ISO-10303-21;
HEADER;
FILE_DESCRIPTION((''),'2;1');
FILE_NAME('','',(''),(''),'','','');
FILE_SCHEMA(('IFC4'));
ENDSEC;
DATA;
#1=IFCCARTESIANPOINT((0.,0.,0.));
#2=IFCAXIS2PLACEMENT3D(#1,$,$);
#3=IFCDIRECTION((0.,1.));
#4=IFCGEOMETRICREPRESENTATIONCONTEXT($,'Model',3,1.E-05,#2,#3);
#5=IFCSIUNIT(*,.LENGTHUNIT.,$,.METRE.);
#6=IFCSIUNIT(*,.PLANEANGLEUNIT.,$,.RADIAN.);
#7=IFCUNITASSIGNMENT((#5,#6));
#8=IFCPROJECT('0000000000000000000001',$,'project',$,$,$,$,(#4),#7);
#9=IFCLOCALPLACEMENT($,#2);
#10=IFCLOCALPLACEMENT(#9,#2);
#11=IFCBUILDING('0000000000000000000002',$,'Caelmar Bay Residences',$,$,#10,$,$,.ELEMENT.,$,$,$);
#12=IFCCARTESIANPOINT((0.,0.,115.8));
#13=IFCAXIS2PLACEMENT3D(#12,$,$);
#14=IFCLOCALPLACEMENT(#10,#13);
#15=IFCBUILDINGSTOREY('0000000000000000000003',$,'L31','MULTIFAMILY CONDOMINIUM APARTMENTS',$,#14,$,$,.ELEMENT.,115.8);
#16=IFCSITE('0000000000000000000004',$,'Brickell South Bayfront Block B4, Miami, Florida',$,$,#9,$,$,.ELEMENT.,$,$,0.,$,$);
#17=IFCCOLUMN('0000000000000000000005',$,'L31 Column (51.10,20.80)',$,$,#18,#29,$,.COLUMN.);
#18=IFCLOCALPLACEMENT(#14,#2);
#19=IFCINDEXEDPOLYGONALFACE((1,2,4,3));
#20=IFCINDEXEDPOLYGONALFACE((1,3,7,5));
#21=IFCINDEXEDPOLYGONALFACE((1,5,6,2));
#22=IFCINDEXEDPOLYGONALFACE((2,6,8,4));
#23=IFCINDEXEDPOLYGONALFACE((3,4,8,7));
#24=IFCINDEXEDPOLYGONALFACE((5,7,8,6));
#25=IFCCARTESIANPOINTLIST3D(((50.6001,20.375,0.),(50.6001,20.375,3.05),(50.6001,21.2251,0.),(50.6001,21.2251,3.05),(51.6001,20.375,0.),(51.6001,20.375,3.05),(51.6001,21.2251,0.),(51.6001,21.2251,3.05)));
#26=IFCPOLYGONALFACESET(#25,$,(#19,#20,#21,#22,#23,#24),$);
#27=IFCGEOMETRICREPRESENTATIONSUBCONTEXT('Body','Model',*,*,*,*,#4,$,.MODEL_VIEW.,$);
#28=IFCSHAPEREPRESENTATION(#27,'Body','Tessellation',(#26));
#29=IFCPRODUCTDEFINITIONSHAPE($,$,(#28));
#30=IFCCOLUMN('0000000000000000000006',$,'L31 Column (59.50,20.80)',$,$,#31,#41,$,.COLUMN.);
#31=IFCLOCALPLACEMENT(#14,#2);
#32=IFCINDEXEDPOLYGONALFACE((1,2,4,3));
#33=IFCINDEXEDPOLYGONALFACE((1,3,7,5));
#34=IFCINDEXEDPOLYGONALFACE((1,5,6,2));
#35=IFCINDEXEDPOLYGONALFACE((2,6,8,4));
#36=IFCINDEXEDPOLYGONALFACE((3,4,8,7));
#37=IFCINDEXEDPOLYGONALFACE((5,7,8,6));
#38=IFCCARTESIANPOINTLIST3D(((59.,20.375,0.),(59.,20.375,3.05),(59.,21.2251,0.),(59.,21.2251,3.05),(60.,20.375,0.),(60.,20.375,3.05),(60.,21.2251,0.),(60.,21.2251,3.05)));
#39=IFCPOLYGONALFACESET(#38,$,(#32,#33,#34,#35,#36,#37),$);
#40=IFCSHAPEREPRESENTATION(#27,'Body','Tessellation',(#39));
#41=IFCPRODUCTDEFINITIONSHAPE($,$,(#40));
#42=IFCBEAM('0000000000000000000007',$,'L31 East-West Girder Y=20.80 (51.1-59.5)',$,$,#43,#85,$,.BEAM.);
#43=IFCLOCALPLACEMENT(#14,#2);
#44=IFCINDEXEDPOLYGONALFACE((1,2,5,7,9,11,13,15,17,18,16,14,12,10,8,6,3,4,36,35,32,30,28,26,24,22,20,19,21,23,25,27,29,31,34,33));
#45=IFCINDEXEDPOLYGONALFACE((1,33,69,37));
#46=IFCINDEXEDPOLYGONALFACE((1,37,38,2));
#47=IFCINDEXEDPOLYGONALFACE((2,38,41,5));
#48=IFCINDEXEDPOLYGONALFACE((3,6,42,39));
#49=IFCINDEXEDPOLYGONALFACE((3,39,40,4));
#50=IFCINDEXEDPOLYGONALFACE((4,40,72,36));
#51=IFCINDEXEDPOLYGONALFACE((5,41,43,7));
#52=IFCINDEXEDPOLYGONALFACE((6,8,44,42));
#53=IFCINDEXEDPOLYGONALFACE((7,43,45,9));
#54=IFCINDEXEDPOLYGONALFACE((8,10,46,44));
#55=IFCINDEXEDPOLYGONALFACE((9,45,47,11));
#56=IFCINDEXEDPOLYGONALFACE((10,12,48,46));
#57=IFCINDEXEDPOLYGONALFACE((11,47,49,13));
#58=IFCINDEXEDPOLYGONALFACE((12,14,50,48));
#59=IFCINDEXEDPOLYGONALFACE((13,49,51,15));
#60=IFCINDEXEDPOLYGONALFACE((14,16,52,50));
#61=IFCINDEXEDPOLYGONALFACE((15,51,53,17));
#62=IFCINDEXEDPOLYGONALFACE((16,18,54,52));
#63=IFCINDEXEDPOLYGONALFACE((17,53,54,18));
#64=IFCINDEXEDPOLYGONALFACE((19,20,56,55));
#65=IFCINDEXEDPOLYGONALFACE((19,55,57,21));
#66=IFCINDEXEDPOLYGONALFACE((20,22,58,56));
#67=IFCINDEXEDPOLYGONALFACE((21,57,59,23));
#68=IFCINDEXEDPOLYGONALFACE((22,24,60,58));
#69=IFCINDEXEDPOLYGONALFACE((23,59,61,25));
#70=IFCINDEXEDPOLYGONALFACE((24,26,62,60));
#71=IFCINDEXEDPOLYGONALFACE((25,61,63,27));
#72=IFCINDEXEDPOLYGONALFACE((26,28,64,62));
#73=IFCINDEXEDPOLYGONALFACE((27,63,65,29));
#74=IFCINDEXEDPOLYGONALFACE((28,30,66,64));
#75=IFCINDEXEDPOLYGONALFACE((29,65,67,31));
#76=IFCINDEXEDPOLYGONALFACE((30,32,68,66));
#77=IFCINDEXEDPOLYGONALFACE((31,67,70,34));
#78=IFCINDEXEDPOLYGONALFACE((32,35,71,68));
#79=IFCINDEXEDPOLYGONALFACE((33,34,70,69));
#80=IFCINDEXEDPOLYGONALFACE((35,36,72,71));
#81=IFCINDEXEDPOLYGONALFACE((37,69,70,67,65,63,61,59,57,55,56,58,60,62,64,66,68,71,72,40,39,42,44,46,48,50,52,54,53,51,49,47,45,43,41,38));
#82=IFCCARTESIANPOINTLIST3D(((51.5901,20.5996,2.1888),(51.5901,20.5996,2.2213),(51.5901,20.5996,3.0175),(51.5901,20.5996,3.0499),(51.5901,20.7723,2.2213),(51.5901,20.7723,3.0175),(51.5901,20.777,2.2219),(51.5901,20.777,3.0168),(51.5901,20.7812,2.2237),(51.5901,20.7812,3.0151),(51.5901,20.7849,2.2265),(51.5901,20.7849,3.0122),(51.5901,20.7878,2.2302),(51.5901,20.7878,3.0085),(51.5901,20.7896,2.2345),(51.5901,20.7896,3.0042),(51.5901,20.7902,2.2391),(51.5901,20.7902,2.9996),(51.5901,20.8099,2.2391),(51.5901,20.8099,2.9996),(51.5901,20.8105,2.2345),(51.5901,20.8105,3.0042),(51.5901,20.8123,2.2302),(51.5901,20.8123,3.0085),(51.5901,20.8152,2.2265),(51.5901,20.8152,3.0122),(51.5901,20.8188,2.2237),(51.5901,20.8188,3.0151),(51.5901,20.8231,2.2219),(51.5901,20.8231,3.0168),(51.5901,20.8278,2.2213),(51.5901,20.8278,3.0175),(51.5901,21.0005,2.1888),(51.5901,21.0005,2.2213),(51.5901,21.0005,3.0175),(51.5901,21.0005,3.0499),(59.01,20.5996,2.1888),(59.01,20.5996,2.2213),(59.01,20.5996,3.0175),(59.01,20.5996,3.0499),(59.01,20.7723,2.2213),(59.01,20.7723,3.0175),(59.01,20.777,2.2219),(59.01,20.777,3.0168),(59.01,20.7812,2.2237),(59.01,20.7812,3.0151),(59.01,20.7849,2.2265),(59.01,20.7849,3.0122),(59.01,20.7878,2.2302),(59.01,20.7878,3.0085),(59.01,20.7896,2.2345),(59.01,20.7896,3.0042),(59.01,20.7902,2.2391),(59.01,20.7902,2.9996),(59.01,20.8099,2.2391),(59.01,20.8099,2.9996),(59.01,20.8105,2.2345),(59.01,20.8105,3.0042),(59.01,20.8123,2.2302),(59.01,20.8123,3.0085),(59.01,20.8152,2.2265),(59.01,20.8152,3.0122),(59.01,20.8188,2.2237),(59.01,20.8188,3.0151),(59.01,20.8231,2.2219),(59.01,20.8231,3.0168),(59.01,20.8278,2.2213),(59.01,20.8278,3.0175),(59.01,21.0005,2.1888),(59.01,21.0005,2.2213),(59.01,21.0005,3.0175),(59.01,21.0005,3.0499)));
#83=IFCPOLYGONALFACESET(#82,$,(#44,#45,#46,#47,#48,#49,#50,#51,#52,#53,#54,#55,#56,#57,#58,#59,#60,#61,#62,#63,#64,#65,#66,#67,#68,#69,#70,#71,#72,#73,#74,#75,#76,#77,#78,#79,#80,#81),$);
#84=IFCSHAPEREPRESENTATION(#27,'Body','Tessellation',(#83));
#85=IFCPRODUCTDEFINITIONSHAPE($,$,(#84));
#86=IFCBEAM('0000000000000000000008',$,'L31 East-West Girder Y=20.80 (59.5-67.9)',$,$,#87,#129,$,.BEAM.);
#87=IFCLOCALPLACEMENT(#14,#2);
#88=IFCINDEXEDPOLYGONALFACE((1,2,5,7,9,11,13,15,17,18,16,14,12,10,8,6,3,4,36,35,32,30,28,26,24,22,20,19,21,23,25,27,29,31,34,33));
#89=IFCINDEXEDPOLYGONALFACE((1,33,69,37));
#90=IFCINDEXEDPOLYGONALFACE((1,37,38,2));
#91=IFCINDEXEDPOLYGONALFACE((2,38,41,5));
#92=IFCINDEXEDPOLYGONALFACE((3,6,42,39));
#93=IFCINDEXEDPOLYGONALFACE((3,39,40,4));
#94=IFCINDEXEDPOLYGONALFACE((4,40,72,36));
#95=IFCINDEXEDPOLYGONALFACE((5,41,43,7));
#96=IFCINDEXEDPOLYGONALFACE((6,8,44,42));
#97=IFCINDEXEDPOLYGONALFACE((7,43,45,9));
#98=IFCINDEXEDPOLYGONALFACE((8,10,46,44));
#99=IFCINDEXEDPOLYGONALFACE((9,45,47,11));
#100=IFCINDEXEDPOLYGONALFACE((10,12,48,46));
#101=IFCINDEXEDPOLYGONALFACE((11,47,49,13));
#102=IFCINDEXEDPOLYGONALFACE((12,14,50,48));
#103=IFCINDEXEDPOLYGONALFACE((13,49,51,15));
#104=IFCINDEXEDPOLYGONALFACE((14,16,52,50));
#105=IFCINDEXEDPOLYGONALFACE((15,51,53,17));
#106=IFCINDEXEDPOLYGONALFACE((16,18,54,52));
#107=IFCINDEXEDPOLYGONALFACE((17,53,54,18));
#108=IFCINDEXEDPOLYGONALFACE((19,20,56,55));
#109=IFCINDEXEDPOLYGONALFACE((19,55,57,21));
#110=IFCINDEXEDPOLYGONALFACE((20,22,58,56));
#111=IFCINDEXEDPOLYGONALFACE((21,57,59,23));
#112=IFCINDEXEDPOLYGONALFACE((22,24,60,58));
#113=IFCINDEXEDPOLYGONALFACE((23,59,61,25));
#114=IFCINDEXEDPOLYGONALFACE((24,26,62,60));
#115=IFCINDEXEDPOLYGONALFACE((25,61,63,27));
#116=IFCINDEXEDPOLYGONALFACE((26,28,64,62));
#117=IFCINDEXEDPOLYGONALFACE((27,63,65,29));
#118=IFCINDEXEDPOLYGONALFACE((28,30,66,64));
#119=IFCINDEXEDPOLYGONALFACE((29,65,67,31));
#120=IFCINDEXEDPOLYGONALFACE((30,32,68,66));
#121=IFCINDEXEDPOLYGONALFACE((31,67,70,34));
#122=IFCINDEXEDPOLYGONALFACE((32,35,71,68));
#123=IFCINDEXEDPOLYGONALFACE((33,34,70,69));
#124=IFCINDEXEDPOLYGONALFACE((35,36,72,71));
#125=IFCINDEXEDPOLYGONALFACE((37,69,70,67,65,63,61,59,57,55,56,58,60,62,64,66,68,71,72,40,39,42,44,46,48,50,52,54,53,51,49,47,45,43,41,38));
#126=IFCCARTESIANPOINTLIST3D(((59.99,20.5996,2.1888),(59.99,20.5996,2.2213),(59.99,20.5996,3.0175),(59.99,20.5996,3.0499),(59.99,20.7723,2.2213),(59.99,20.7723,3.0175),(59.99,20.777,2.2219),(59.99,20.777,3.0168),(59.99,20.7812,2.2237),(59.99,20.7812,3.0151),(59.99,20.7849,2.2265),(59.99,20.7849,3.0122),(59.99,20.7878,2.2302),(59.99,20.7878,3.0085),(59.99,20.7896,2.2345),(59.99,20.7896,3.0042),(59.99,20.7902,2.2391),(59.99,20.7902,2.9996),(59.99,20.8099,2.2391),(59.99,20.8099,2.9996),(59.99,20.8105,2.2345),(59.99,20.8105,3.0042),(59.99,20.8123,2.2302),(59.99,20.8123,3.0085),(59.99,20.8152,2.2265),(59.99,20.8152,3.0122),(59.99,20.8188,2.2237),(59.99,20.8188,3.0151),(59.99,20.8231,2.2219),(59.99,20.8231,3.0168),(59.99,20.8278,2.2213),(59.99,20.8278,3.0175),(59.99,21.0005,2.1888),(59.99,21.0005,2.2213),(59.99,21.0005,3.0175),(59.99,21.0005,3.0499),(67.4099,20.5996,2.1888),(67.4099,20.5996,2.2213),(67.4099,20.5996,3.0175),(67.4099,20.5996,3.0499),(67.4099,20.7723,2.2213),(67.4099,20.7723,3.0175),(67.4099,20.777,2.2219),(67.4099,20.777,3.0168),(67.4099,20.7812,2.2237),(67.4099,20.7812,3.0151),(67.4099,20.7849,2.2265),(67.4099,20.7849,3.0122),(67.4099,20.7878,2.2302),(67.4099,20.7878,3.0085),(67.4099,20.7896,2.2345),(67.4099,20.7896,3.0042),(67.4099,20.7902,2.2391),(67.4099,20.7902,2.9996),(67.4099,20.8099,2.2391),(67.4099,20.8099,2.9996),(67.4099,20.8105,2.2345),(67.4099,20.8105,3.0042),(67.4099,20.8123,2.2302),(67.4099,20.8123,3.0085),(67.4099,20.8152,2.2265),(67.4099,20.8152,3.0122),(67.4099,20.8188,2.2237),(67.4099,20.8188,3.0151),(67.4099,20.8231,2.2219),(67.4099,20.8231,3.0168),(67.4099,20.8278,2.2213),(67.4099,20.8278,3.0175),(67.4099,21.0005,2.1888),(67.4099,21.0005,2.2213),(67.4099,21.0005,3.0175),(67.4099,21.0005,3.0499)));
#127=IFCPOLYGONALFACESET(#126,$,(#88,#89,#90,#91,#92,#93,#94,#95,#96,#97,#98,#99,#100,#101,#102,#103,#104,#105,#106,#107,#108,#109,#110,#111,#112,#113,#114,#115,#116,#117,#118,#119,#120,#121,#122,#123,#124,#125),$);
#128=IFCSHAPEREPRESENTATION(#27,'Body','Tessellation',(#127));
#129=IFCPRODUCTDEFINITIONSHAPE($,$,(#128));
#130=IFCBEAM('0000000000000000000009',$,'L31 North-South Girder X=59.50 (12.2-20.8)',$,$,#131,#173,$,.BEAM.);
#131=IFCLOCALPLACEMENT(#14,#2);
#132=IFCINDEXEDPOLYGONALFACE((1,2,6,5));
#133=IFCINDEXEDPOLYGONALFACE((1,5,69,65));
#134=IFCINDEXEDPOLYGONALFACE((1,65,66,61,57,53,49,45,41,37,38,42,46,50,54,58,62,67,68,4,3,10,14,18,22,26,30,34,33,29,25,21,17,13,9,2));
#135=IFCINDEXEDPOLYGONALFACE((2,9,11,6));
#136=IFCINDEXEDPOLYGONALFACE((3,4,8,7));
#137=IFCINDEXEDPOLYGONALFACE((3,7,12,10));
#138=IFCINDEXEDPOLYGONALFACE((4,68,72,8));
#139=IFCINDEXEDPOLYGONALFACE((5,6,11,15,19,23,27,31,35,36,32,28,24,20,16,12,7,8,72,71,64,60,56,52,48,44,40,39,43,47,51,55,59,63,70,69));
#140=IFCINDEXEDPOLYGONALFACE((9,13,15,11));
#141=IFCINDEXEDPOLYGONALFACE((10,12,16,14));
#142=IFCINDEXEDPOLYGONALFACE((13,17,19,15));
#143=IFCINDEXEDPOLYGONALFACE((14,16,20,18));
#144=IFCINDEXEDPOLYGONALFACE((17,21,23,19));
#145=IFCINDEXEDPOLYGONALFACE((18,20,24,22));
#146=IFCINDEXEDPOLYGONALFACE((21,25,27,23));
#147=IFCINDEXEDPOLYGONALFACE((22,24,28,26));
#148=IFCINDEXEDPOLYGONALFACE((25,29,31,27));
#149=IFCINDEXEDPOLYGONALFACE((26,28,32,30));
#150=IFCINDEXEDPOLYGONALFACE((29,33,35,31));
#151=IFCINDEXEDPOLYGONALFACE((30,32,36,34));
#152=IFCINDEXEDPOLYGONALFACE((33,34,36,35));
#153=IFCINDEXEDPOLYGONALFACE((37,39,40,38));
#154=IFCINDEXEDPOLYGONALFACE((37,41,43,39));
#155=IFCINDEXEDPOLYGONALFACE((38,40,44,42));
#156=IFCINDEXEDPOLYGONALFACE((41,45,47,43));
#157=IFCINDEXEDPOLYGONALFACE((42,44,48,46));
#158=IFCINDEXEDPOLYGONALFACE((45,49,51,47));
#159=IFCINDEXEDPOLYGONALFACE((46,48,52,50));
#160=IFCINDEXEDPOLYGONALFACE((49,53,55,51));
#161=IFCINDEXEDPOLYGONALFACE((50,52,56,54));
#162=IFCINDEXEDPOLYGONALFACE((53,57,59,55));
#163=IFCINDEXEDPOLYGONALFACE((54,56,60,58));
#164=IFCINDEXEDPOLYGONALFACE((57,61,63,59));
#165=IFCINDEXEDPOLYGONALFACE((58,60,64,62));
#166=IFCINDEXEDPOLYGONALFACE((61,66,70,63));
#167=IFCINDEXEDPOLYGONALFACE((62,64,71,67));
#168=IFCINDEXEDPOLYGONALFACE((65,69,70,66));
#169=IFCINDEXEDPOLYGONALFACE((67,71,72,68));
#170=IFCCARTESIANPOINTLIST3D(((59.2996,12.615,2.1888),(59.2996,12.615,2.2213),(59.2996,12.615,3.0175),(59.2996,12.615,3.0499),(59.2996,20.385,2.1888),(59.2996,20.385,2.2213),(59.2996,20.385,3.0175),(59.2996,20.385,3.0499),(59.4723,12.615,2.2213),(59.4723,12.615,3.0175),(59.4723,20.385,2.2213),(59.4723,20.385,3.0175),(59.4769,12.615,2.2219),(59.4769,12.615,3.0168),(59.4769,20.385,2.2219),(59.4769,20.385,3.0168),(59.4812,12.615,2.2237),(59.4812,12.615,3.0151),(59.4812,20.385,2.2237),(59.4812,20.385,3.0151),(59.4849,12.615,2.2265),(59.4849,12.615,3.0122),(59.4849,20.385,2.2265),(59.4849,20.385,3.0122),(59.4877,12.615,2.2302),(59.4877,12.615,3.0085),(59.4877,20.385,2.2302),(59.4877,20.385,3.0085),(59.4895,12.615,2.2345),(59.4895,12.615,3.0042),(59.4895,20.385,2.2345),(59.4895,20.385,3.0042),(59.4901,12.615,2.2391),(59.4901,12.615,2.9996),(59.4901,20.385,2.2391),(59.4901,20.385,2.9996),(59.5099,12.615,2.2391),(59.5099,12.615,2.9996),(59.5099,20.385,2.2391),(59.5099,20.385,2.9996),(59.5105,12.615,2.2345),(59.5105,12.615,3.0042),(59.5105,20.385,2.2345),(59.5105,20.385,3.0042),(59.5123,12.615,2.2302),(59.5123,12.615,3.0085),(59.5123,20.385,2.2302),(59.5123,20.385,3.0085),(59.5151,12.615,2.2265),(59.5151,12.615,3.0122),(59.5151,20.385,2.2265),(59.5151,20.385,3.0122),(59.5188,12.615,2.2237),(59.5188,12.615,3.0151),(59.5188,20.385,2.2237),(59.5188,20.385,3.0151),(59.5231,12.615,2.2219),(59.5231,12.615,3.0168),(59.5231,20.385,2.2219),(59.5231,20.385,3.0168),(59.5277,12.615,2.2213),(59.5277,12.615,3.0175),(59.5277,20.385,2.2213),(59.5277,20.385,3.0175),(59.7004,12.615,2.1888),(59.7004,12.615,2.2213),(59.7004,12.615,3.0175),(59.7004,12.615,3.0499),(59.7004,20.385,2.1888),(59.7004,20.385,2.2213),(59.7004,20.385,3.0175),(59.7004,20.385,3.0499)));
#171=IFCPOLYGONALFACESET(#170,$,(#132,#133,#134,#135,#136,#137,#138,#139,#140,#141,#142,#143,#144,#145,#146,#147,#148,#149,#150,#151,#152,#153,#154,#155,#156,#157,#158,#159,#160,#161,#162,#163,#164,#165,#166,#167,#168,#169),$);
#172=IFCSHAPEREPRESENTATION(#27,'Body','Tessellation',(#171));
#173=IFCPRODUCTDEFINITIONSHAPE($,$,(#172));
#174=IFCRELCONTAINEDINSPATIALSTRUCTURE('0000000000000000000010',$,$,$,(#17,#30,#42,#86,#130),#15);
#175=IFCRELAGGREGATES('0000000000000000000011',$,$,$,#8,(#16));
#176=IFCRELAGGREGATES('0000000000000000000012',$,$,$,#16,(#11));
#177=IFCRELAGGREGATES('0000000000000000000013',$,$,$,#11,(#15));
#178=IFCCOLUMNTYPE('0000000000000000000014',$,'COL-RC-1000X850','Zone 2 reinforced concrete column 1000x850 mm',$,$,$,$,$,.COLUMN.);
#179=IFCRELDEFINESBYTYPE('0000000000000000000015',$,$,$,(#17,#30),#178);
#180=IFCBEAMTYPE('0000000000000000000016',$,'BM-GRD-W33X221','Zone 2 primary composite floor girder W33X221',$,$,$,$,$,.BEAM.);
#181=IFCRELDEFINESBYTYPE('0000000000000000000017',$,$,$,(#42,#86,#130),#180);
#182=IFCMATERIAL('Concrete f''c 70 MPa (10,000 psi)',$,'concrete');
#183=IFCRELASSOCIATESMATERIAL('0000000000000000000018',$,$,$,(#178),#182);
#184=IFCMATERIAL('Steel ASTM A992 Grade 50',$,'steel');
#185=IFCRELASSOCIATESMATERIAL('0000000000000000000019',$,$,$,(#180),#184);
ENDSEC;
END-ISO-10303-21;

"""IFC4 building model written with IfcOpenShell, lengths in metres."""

from ifc_helpers import new_model, si_unit, direction, frame, origin, origin_2d, place, context, subcontext, project, spatial, rectangle, i_section, extrude, material, material_profile, profile_set, type_object, element, save


model = new_model("IFC4")

# Units and contexts
model_context = context("Model", 3, precision=1e-05, world=origin(), true_north=direction((0.0, 1.0)))
body_context = subcontext(model_context, "Body", "Model", "MODEL_VIEW")
ifc_project = project(units=[si_unit("LENGTHUNIT", "METRE"), si_unit("PLANEANGLEUNIT", "RADIAN")], contexts=[model_context])

# Site, building, storey
site_placement = place(None, origin())
site = spatial("IfcSite", under=ifc_project, at=site_placement, Name="Brickell South Bayfront Block B4, Miami, Florida", CompositionType="ELEMENT", RefElevation=0.0)
building_placement = place(site_placement, origin())
building = spatial("IfcBuilding", under=site, at=building_placement, Name="Caelmar Bay Residences", CompositionType="ELEMENT")
storey_placement = place(building_placement, frame((0.0, 0.0, 115.8)))
storey = spatial("IfcBuildingStorey", under=building, at=storey_placement, Name="L31", Description="MULTIFAMILY CONDOMINIUM APARTMENTS", CompositionType="ELEMENT", Elevation=115.8)

# Columns
ifc_material_1 = material(Name="Concrete f'c 70 MPa (10,000 psi)", Category="concrete")
ifc_material_profile_1 = material_profile(ifc_material_1, rectangle(XDim=1.0, YDim=0.8501, at=origin_2d()), Name="RC-COL-1000X850")
ifc_profile_set_1 = profile_set([ifc_material_profile_1], Name="Concrete f'c 70 MPa (10,000 psi)")
column_type = type_object("IfcColumnType", Name="COL-RC-1000X850", Description="Zone 2 reinforced concrete column 1000x850 mm", PredefinedType="COLUMN", material=ifc_profile_set_1)
for number, where, z_axis, x_axis, name in (
    (1, (51.1001, 20.8, 0.0), (0.0, 0.0, 1.0), (1.0, 0.0, 0.0), "L31 Column (51.10,20.80)"),
    (2, (59.5, 20.8, 0.0), (0.0, 0.0, 1.0), (1.0, 0.0, 0.0), "L31 Column (59.50,20.80)"),
):
    element("IfcColumn", number, at=place(storey_placement, frame(where, z_axis=z_axis, x_axis=x_axis)), inside=storey, type_object=column_type, Name=name, PredefinedType="COLUMN", context=body_context, shape_type="SweptSolid", body=[
        extrude(rectangle(XDim=1.0, YDim=0.8501, at=origin_2d()), origin(), (0.0, 0.0, 1.0), 3.05),
    ])

# Beams
ifc_material_2 = material(Name="Steel ASTM A992 Grade 50", Category="steel")
ifc_material_profile_2 = material_profile(ifc_material_2, i_section(OverallWidth=0.4009, OverallDepth=0.8611, WebThickness=0.0198, FlangeThickness=0.0325, FilletRadius=0.0178, at=origin_2d()), Name="W33X221")
ifc_profile_set_2 = profile_set([ifc_material_profile_2], Name="Steel ASTM A992 Grade 50")
beam_type_1 = type_object("IfcBeamType", Name="BM-GRD-W33X221", Description="Zone 2 primary composite floor girder W33X221", PredefinedType="BEAM", material=ifc_profile_set_2)
for number, where, z_axis, x_axis, name in (
    (3, (51.5901, 20.8, 2.6194), (1.0, 0.0, 0.0), (0.0, 1.0, 0.0), "L31 East-West Girder Y=20.80 (51.1-59.5)"),
    (4, (59.99, 20.8, 2.6194), (1.0, 0.0, 0.0), (0.0, 1.0, 0.0), "L31 East-West Girder Y=20.80 (59.5-67.9)"),
):
    element("IfcBeam", number, at=place(storey_placement, frame(where, z_axis=z_axis, x_axis=x_axis)), inside=storey, type_object=beam_type_1, Name=name, PredefinedType="BEAM", context=body_context, shape_type="SweptSolid", body=[
        extrude(i_section(OverallWidth=0.4009, OverallDepth=0.8611, WebThickness=0.0198, FlangeThickness=0.0325, FilletRadius=0.0178, at=origin_2d()), origin(), (0.0, 0.0, 1.0), 7.4199),
    ])
for number, where, z_axis, x_axis, name in (
    (5, (59.5, 12.615, 2.6194), (0.0, 1.0, 0.0), (-1.0, 0.0, 0.0), "L31 North-South Girder X=59.50 (12.2-20.8)"),
):
    element("IfcBeam", number, at=place(storey_placement, frame(where, z_axis=z_axis, x_axis=x_axis)), inside=storey, type_object=beam_type_1, Name=name, PredefinedType="BEAM", context=body_context, shape_type="SweptSolid", body=[
        extrude(i_section(OverallWidth=0.4009, OverallDepth=0.8611, WebThickness=0.0198, FlangeThickness=0.0325, FilletRadius=0.0178, at=origin_2d()), origin(), (0.0, 0.0, 1.0), 7.77),
    ])

save(model, "model.ifc")
